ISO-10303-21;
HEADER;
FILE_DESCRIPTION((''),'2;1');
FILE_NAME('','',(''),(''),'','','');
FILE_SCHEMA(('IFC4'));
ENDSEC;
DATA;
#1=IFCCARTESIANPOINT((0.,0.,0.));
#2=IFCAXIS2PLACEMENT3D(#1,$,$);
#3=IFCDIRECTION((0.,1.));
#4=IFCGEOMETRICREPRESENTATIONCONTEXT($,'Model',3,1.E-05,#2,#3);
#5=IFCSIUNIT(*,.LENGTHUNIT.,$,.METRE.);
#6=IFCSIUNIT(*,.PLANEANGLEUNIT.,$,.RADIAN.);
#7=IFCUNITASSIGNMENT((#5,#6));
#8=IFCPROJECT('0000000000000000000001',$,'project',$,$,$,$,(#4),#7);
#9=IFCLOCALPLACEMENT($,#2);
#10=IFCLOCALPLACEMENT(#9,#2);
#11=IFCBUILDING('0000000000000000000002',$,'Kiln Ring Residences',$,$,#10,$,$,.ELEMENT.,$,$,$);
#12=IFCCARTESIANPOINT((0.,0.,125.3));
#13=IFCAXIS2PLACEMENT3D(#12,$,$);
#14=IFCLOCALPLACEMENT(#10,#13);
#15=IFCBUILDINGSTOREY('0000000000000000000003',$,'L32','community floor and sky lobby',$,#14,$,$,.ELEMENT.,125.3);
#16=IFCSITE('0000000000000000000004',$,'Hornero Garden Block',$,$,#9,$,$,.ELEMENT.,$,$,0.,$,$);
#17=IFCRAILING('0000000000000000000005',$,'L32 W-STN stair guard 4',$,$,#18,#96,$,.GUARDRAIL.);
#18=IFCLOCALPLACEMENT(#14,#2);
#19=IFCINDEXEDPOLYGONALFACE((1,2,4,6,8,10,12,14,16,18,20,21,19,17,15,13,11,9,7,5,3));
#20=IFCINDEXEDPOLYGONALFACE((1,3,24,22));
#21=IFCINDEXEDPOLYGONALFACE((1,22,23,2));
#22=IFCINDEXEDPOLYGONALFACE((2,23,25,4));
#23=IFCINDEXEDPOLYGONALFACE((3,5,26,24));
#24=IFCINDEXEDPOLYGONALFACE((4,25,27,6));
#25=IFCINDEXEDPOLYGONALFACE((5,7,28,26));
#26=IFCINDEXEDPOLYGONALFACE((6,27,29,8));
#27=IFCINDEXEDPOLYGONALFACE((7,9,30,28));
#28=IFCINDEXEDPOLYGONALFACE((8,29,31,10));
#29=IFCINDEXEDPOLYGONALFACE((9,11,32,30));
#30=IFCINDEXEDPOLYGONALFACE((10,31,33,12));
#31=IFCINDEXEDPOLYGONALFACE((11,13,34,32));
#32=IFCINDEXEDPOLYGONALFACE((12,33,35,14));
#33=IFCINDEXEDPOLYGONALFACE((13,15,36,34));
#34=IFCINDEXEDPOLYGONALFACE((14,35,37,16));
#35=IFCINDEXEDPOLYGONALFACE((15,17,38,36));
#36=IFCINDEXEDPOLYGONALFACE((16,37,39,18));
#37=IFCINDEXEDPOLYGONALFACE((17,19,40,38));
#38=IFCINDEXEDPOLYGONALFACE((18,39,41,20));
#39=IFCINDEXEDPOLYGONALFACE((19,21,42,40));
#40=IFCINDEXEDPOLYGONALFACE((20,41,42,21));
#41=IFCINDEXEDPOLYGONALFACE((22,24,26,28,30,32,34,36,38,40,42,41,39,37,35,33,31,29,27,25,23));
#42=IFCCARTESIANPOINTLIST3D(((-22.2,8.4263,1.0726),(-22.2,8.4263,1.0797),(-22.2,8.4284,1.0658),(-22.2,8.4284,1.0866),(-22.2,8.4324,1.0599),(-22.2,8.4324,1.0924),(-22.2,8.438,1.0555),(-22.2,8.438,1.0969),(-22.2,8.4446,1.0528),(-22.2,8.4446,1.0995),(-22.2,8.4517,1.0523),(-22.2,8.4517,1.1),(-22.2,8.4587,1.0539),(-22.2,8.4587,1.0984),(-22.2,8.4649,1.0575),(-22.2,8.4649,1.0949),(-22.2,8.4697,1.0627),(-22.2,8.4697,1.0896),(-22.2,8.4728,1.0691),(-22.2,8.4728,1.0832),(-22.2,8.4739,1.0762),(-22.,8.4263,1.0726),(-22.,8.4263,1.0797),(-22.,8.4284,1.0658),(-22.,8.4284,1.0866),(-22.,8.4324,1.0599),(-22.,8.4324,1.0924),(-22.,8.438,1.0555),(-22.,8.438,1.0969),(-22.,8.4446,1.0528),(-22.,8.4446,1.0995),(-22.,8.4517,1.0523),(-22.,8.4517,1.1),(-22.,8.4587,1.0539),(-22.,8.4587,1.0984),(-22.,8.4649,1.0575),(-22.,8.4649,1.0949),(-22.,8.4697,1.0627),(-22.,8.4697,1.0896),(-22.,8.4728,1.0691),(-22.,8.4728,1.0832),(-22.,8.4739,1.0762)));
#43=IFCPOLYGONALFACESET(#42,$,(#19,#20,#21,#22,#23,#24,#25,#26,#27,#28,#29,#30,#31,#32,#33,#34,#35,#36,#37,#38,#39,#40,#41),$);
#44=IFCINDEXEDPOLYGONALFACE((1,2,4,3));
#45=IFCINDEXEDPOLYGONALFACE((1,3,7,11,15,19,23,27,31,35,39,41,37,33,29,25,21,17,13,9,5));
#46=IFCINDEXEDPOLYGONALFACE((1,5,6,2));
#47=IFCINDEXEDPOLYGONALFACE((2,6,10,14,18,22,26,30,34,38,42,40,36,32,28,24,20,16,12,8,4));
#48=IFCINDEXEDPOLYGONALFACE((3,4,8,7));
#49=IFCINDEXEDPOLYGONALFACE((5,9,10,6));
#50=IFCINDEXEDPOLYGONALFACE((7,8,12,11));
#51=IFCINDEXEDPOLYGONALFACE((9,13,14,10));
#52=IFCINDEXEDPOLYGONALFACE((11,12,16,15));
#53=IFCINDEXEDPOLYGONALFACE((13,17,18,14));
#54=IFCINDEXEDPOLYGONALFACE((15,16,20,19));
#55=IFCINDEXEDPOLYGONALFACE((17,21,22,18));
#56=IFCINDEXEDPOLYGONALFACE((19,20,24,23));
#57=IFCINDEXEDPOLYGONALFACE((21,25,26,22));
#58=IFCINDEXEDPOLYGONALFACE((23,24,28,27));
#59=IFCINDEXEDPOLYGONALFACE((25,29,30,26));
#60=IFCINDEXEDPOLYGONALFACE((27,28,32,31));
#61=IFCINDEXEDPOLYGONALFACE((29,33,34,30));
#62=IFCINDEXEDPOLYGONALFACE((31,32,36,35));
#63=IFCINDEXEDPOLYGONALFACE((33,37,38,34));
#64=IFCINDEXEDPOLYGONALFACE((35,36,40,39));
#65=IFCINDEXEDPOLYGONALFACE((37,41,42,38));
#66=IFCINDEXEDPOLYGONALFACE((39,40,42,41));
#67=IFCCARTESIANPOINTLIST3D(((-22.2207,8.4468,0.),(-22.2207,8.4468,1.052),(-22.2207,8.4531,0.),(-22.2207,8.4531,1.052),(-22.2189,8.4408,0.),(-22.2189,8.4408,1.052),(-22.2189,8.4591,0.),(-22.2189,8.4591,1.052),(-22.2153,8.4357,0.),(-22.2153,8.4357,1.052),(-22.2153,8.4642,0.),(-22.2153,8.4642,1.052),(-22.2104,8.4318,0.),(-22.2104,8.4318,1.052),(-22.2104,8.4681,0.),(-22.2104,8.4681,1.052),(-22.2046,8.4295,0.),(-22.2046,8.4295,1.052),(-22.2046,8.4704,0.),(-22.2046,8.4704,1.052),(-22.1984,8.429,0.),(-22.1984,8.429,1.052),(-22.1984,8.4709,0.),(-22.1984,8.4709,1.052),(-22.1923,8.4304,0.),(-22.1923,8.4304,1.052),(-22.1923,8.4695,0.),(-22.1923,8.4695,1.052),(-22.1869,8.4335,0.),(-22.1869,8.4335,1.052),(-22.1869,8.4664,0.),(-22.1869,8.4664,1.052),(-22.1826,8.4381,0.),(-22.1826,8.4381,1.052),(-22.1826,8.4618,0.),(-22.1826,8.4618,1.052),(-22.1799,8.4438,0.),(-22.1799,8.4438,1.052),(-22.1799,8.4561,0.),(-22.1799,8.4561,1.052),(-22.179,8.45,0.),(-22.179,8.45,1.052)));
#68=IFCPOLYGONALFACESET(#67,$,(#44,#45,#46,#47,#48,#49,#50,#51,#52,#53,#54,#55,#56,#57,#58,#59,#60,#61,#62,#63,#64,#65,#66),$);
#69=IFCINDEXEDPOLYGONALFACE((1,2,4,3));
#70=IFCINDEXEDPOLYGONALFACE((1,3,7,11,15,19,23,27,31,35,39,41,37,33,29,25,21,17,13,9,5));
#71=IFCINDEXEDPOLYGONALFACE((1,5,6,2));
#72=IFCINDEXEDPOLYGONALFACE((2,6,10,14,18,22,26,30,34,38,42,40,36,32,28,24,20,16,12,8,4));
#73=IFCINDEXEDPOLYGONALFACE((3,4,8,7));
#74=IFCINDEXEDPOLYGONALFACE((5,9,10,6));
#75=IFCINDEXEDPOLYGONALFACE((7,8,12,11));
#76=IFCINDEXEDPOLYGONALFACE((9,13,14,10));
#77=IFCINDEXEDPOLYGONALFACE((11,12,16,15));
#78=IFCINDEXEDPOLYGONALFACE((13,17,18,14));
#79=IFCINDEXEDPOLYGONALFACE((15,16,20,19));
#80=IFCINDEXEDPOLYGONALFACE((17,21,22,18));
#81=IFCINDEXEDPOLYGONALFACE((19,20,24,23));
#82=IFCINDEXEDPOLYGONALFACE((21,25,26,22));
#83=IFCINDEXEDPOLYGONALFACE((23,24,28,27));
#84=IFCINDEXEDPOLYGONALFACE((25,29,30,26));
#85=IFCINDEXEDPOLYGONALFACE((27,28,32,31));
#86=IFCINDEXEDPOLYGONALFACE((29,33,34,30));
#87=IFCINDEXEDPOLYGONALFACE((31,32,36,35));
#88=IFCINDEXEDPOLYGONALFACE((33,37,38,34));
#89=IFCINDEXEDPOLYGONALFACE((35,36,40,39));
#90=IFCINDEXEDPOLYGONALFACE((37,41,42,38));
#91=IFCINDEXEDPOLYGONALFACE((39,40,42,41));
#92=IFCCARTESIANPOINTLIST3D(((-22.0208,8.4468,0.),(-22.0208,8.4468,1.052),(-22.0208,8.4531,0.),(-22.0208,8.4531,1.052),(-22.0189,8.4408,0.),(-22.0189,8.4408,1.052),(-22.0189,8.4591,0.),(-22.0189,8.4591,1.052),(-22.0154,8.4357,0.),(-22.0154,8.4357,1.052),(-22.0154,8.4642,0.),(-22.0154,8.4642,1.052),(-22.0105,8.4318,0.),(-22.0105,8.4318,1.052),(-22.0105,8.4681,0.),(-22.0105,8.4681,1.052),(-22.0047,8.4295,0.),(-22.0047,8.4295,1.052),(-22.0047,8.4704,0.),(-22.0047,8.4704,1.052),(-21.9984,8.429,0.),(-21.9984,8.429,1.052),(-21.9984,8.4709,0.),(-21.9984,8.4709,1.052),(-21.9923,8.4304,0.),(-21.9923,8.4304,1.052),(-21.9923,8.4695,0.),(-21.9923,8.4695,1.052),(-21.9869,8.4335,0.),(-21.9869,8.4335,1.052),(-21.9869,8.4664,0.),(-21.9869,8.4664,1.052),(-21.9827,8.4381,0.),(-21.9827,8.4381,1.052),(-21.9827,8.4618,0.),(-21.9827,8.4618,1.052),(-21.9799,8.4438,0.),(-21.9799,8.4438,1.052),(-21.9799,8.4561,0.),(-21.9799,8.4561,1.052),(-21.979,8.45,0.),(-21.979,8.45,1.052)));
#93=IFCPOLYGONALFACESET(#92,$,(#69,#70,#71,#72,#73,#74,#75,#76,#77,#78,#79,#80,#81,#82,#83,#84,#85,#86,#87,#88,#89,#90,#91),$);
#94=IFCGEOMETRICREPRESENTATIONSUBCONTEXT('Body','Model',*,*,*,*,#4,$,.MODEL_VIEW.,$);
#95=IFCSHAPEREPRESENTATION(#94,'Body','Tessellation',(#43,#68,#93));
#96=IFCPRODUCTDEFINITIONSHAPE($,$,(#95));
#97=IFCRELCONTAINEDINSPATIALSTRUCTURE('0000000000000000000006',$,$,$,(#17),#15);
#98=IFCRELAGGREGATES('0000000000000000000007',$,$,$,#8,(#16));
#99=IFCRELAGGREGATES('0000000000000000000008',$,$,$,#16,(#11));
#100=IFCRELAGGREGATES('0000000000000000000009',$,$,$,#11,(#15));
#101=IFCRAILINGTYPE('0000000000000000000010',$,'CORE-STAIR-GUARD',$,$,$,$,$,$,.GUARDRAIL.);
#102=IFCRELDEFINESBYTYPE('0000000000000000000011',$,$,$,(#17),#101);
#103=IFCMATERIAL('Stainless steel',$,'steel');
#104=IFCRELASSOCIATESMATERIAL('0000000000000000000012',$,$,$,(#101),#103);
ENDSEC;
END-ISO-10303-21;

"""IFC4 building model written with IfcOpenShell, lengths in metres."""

from ifc_helpers import new_model, si_unit, direction, frame, origin, origin_2d, place, context, subcontext, project, spatial, circle, extrude, material, type_object, element, save


model = new_model("IFC4")

# Units and contexts
model_context = context("Model", 3, precision=1e-05, world=origin(), true_north=direction((0.0, 1.0)))
body_context = subcontext(model_context, "Body", "Model", "MODEL_VIEW")
ifc_project = project(units=[si_unit("LENGTHUNIT", "METRE"), si_unit("PLANEANGLEUNIT", "RADIAN")], contexts=[model_context])

# Site, building, storey
site_placement = place(None, origin())
site = spatial("IfcSite", under=ifc_project, at=site_placement, Name="Hornero Garden Block", CompositionType="ELEMENT", RefElevation=0.0)
building_placement = place(site_placement, origin())
building = spatial("IfcBuilding", under=site, at=building_placement, Name="Kiln Ring Residences", CompositionType="ELEMENT")
storey_placement = place(building_placement, frame((0.0, 0.0, 125.3)))
storey = spatial("IfcBuildingStorey", under=building, at=storey_placement, Name="L32", Description="community floor and sky lobby", CompositionType="ELEMENT", Elevation=125.3)

# Railing
ifc_material_1 = material(Name="Stainless steel", Category="steel")
railing_type_1 = type_object("IfcRailingType", Name="CORE-STAIR-GUARD", PredefinedType="GUARDRAIL", material=ifc_material_1)
railing_1_placement = place(storey_placement, frame((-22.2, 8.45, 0.0)))
element("IfcRailing", 1, at=railing_1_placement, inside=storey, type_object=railing_type_1, Name="L32 W-STN stair guard 4", PredefinedType="GUARDRAIL", context=body_context, shape_type="SweptSolid", body=[
    extrude(circle(Radius=0.0239, at=origin_2d()), frame((0.0, 0.0, 1.0762), z_axis=(1.0, 0.0, 0.0), x_axis=(0.0, 1.0, 0.0)), (0.0, 0.0, 1.0), 0.2),
    extrude(circle(Radius=0.021, at=origin_2d()), origin(), (0.0, 0.0, 1.0), 1.052),
    extrude(circle(Radius=0.021, at=origin_2d()), frame((0.2, 0.0, 0.0)), (0.0, 0.0, 1.0), 1.052),
])

save(model, "model.ifc")
